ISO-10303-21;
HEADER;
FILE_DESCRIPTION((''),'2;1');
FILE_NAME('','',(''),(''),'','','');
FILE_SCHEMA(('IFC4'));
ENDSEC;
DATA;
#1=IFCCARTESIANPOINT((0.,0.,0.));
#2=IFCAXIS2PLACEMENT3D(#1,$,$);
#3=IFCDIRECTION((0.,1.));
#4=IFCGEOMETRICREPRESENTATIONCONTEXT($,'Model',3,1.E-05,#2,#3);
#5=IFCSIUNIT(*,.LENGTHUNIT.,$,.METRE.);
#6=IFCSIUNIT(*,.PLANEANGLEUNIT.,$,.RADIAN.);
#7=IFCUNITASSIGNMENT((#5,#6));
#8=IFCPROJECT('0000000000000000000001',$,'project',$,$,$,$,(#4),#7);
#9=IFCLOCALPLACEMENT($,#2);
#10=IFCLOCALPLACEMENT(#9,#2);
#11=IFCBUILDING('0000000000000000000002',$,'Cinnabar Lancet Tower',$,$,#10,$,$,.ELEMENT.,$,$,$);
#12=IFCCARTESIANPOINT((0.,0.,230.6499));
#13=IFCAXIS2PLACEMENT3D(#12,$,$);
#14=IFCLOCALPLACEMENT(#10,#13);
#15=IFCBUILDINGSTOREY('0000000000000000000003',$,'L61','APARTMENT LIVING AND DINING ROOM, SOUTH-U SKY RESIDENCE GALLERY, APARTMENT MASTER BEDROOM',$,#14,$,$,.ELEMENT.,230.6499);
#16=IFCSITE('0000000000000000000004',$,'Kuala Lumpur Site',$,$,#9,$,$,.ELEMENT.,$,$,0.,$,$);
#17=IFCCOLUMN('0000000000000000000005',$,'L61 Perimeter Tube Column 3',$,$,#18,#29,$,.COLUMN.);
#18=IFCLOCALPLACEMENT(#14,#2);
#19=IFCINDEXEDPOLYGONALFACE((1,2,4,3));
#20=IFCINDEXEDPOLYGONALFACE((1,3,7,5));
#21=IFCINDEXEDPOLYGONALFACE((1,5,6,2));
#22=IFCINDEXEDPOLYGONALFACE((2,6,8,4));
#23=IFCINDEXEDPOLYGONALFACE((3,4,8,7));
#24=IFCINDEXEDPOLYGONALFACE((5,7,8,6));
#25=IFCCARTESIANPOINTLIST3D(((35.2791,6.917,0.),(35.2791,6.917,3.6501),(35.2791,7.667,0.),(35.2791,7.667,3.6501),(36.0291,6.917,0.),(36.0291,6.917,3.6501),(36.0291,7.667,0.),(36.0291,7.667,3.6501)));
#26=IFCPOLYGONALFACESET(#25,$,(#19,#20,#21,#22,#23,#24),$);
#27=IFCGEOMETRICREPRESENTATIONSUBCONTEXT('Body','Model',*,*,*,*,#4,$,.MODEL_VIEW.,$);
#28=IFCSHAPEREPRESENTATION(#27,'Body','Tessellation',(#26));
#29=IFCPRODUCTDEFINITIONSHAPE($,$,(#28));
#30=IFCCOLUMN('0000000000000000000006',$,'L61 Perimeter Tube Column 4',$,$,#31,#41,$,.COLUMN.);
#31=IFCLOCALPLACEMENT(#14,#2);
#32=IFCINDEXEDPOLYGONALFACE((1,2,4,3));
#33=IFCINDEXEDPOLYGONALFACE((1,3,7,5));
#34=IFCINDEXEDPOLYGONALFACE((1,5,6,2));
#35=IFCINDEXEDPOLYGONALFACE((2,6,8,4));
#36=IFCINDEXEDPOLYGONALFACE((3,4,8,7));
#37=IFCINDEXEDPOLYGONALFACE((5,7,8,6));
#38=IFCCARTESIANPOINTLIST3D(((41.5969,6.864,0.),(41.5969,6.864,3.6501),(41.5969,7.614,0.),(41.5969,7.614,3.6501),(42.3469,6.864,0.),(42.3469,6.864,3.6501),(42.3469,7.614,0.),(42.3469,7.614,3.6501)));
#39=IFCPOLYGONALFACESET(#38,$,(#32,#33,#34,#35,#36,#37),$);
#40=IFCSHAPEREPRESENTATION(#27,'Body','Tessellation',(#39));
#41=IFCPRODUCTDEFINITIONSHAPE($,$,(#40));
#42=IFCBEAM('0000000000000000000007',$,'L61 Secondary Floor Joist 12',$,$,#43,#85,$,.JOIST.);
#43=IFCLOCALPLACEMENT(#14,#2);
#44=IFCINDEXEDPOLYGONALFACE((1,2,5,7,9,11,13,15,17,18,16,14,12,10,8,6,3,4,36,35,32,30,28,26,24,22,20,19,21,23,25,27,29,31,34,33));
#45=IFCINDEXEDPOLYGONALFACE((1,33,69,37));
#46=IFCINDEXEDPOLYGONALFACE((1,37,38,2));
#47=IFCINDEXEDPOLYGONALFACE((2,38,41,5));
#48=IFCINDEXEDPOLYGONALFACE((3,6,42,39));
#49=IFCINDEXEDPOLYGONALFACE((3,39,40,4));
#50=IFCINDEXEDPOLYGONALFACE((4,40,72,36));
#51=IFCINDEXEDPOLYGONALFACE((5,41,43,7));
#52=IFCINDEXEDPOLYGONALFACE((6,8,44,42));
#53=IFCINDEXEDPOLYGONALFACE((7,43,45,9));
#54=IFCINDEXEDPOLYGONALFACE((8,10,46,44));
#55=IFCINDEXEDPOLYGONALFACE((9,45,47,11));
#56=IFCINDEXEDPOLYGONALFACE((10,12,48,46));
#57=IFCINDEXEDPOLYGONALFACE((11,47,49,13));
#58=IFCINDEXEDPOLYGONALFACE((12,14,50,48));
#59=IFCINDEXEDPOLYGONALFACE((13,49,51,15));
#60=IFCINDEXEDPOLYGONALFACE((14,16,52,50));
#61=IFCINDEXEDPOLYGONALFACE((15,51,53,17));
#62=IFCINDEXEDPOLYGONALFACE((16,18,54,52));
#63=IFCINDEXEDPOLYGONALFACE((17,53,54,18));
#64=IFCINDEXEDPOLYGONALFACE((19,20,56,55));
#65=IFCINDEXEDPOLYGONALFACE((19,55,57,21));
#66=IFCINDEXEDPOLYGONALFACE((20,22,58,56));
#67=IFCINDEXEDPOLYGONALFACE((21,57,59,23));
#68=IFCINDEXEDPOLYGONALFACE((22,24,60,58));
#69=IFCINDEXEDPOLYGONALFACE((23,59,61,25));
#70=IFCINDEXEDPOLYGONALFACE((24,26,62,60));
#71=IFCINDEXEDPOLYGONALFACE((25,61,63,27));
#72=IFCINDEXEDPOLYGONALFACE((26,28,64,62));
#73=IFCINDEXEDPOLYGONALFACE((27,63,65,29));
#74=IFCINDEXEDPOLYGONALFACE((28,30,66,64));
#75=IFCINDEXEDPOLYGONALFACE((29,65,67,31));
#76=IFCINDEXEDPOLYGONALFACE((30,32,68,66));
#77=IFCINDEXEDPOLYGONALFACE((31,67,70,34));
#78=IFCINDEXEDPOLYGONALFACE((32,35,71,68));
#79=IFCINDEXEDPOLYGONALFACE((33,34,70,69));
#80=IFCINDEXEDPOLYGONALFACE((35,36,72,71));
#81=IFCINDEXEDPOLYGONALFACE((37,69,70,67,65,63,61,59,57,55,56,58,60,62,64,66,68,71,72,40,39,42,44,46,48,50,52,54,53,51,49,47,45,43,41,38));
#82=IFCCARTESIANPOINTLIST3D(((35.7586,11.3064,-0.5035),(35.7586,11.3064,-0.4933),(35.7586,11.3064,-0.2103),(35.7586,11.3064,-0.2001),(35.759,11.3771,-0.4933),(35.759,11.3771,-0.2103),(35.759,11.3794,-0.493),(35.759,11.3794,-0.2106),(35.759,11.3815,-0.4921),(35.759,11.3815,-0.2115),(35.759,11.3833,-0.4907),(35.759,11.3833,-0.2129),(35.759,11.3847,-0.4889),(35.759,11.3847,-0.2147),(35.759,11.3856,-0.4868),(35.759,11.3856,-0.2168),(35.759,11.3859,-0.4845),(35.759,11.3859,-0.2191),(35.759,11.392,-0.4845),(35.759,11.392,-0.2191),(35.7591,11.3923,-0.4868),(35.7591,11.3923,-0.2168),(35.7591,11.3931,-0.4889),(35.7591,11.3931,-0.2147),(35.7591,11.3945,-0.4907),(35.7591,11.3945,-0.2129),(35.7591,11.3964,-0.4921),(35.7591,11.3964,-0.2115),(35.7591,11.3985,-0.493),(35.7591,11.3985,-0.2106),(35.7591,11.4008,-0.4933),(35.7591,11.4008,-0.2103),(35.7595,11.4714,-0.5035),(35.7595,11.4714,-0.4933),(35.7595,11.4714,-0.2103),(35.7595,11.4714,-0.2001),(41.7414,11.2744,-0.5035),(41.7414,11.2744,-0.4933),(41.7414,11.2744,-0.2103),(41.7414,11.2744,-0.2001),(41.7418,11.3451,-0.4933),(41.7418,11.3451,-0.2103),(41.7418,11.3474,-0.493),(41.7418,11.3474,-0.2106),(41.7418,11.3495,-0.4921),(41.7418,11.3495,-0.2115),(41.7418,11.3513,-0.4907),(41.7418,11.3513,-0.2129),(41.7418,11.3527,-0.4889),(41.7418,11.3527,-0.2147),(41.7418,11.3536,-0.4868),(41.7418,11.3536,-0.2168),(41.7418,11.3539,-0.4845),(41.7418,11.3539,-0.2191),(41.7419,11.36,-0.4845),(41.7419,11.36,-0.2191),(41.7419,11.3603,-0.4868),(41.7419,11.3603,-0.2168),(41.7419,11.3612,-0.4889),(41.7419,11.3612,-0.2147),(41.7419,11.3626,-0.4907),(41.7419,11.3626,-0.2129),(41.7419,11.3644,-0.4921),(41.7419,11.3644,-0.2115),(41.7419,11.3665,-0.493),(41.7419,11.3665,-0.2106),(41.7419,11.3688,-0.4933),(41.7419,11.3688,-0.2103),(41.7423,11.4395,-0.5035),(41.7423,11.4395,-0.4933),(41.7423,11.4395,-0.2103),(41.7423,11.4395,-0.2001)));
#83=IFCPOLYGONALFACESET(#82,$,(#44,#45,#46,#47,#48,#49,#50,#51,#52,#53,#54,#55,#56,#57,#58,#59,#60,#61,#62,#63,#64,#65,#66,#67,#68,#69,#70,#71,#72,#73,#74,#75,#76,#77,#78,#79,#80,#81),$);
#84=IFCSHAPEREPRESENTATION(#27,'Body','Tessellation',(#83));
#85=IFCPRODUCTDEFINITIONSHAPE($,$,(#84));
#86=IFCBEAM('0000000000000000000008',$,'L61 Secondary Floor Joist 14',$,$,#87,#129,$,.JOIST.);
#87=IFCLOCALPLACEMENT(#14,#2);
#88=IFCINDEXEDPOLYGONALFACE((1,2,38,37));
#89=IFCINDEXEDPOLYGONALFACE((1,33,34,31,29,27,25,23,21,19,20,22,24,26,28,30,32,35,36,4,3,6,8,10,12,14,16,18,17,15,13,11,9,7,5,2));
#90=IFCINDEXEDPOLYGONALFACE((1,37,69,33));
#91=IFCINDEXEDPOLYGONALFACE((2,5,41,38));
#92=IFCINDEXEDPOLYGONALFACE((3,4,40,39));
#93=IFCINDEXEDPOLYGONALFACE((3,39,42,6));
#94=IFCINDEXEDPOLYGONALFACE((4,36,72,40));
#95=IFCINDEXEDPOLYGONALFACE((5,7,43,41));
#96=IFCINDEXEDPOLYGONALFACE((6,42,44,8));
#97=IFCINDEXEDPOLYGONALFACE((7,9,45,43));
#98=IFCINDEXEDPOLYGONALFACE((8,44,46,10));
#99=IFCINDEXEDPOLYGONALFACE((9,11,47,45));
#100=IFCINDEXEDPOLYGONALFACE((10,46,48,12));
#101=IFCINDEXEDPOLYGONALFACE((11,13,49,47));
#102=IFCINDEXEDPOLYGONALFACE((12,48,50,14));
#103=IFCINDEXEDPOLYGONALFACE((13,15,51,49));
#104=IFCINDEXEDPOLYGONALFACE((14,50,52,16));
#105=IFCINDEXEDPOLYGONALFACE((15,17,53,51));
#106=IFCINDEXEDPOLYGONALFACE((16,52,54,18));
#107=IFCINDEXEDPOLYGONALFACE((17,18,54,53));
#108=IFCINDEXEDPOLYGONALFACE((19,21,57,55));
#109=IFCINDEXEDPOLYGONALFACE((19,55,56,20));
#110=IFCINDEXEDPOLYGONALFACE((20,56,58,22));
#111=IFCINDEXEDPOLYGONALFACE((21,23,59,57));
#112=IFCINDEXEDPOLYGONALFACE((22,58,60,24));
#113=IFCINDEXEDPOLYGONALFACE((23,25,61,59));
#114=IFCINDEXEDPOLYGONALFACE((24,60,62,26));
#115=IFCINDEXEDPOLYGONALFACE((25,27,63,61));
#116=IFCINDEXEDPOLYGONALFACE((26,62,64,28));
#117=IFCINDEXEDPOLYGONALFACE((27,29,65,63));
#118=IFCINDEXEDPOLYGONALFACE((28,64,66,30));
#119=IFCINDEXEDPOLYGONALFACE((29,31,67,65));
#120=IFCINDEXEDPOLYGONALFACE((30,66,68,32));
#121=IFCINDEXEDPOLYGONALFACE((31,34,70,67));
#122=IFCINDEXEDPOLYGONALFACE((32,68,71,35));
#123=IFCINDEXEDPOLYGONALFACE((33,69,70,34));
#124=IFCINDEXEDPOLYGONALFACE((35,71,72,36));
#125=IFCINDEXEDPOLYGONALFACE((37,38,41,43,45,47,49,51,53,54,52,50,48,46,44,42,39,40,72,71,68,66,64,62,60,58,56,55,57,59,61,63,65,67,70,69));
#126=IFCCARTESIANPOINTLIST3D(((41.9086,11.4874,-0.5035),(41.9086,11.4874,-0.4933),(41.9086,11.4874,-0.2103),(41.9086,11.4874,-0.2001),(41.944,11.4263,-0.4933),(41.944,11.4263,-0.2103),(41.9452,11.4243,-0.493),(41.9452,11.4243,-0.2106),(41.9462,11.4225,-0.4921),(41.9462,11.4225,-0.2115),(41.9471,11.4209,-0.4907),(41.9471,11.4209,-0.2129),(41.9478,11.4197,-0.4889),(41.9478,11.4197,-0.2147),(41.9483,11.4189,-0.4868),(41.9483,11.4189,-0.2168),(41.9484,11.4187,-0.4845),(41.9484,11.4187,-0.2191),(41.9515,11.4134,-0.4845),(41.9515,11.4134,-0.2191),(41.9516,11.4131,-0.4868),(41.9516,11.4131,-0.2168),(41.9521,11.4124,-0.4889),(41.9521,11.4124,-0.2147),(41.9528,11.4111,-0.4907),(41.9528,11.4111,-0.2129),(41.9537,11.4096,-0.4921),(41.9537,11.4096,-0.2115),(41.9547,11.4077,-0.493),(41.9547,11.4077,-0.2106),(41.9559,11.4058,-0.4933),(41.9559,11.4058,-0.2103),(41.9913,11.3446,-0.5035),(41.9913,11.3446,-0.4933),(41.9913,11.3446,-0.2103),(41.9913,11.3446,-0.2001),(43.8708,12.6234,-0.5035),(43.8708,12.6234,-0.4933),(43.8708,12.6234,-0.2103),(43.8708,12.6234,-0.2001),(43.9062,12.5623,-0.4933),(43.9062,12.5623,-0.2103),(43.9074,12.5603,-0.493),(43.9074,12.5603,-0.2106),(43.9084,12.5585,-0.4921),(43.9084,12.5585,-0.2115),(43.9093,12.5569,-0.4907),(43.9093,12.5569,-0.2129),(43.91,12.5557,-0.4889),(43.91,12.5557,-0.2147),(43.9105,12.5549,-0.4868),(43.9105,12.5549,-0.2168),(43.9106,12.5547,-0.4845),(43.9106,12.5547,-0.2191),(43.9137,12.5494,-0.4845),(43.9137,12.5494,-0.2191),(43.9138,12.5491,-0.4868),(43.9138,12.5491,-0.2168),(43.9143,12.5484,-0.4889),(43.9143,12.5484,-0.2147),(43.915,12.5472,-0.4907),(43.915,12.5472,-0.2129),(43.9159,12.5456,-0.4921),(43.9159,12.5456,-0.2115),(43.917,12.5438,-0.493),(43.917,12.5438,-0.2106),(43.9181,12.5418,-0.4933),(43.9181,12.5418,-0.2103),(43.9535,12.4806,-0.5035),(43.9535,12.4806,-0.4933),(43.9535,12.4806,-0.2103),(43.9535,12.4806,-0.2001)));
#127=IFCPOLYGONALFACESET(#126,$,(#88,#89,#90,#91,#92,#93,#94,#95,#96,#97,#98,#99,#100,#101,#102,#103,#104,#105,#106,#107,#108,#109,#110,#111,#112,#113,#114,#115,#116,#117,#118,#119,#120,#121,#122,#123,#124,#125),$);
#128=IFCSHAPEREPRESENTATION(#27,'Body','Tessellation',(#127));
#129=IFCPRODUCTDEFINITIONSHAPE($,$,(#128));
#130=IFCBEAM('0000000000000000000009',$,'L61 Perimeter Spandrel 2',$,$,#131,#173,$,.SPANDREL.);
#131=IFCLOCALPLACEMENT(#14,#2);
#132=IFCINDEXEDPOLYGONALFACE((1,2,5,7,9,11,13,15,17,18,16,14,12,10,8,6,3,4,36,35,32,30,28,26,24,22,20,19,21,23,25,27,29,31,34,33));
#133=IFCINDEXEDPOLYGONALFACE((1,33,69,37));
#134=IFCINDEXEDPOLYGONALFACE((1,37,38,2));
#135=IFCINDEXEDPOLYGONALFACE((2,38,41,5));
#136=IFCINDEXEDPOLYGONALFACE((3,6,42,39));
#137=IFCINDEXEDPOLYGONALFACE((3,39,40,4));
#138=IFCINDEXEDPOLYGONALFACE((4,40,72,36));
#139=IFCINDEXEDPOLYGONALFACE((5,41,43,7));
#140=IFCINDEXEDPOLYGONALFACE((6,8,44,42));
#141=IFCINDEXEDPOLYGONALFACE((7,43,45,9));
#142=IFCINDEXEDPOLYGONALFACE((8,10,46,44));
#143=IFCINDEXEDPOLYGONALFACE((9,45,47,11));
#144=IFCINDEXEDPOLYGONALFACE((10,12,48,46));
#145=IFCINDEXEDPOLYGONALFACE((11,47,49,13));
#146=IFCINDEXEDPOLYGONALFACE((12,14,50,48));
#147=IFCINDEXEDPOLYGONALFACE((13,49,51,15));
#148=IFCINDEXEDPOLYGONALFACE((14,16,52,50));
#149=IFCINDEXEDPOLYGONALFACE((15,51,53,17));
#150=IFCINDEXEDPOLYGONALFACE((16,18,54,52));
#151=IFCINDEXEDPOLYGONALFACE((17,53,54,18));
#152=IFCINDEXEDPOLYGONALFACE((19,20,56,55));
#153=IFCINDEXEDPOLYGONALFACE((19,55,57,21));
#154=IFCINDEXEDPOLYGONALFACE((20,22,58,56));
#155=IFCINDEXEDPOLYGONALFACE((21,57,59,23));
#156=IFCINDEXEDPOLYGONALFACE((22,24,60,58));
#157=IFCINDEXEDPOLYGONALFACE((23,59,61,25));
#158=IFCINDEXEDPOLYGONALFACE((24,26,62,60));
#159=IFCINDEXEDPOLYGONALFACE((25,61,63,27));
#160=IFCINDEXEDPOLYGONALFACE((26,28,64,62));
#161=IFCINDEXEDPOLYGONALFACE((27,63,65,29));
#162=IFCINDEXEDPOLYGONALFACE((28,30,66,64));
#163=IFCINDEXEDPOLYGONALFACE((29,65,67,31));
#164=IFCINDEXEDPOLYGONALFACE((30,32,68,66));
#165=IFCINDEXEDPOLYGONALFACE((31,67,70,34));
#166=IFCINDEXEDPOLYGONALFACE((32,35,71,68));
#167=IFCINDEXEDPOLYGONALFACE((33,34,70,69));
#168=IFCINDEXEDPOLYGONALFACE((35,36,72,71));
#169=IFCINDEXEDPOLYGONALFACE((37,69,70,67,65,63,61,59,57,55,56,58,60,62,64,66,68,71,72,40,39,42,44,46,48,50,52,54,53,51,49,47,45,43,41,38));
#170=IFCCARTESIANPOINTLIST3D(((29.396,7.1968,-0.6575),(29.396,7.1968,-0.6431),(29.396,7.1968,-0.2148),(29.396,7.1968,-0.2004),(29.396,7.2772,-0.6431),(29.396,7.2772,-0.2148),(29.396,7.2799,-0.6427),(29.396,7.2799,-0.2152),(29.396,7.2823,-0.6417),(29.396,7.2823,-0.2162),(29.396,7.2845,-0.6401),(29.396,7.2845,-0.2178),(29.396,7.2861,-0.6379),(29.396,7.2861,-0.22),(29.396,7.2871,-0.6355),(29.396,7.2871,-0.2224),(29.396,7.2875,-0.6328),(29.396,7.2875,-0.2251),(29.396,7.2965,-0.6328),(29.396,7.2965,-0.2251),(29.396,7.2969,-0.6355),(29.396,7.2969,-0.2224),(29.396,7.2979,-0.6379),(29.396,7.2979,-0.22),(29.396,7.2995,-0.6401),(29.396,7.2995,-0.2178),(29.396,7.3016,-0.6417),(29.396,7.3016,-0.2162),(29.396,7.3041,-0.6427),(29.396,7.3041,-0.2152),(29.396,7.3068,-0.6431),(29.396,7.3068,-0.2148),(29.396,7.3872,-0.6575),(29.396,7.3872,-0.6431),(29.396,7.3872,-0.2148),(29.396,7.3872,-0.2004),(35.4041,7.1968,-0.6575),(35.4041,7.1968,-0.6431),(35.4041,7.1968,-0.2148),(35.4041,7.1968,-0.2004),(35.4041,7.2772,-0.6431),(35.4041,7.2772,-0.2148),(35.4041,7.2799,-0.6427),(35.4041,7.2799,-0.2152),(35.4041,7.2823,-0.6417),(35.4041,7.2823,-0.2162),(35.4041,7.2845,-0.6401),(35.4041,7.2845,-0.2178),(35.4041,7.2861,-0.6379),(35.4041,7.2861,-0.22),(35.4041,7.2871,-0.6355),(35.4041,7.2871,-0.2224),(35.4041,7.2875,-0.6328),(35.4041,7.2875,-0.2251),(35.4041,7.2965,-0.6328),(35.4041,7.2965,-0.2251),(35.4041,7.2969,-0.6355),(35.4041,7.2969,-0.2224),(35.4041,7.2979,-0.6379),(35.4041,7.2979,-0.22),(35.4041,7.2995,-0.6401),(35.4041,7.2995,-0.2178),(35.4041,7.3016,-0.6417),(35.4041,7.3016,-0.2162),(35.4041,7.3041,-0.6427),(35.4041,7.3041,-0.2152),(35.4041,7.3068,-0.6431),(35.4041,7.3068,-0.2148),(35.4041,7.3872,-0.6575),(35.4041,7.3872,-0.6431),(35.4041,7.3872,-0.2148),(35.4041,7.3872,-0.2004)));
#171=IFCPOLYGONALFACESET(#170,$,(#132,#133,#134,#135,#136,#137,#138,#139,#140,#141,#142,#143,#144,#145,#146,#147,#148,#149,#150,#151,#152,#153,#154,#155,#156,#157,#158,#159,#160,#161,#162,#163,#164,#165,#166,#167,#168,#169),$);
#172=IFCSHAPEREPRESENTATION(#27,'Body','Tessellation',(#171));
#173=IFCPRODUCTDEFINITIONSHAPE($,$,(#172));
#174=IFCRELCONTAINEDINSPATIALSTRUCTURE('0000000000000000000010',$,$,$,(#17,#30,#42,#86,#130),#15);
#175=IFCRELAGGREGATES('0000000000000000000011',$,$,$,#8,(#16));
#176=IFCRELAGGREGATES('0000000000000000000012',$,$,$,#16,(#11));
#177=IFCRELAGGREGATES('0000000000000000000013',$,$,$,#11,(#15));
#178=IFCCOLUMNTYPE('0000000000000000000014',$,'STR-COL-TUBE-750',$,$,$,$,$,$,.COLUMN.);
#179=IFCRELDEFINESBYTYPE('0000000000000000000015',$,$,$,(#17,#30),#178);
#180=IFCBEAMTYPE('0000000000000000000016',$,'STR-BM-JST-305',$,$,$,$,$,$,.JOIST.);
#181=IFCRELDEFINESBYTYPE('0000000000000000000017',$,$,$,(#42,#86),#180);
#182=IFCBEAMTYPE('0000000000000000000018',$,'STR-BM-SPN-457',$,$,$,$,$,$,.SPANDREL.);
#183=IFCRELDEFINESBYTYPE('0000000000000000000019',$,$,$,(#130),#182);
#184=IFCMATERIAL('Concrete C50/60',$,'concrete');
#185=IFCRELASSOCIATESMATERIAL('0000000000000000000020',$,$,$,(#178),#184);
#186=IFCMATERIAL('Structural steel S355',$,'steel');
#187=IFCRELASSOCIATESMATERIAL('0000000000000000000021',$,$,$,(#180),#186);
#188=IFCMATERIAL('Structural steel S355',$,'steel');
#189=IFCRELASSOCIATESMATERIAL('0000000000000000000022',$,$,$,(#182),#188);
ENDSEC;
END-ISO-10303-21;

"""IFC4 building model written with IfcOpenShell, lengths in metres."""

from ifc_helpers import new_model, si_unit, direction, frame, origin, origin_2d, place, context, subcontext, project, spatial, rectangle, i_section, extrude, material, material_profile, profile_set, type_object, element, save


model = new_model("IFC4")

# Units and contexts
model_context = context("Model", 3, precision=1e-05, world=origin(), true_north=direction((0.0, 1.0)))
body_context = subcontext(model_context, "Body", "Model", "MODEL_VIEW")
ifc_project = project(units=[si_unit("LENGTHUNIT", "METRE"), si_unit("PLANEANGLEUNIT", "RADIAN")], contexts=[model_context])

# Site, building, storey
site_placement = place(None, origin())
site = spatial("IfcSite", under=ifc_project, at=site_placement, Name="Kuala Lumpur Site", CompositionType="ELEMENT", RefElevation=0.0)
building_placement = place(site_placement, origin())
building = spatial("IfcBuilding", under=site, at=building_placement, Name="Cinnabar Lancet Tower", CompositionType="ELEMENT")
storey_placement = place(building_placement, frame((0.0, 0.0, 230.6499)))
storey = spatial("IfcBuildingStorey", under=building, at=storey_placement, Name="L61", Description="APARTMENT LIVING AND DINING ROOM, SOUTH-U SKY RESIDENCE GALLERY, APARTMENT MASTER BEDROOM", CompositionType="ELEMENT", Elevation=230.6499)

# Columns
ifc_material_1 = material(Name="Concrete C50/60", Category="concrete")
ifc_material_profile_1 = material_profile(ifc_material_1, rectangle(XDim=0.75, YDim=0.75, at=origin_2d()), Name="RC-COL 750x750")
ifc_profile_set_1 = profile_set([ifc_material_profile_1], Name="Concrete C50/60")
column_type = type_object("IfcColumnType", Name="STR-COL-TUBE-750", PredefinedType="COLUMN", material=ifc_profile_set_1)
for number, where, z_axis, x_axis, name in (
    (1, (35.6541, 7.292, 0.0), (0.0, 0.0, 1.0), (1.0, 0.0, 0.0), "L61 Perimeter Tube Column 3"),
    (2, (41.9719, 7.239, 0.0), (0.0, 0.0, 1.0), (1.0, 0.0, 0.0), "L61 Perimeter Tube Column 4"),
):
    element("IfcColumn", number, at=place(storey_placement, frame(where, z_axis=z_axis, x_axis=x_axis)), inside=storey, type_object=column_type, Name=name, PredefinedType="COLUMN", context=body_context, shape_type="SweptSolid", body=[
        extrude(rectangle(XDim=0.75, YDim=0.75, at=origin_2d()), origin(), (0.0, 0.0, 1.0), 3.6501),
    ])

# Beams
ifc_material_2 = material(Name="Structural steel S355", Category="steel")
ifc_material_profile_2 = material_profile(ifc_material_2, i_section(OverallWidth=0.165, OverallDepth=0.3035, WebThickness=0.0061, FlangeThickness=0.0103, FilletRadius=0.0088, at=origin_2d()), Name="UKB 305x165x40")
ifc_profile_set_2 = profile_set([ifc_material_profile_2], Name="Structural steel S355")
beam_type_1 = type_object("IfcBeamType", Name="STR-BM-JST-305", PredefinedType="JOIST", material=ifc_profile_set_2)
beam_1_placement = place(storey_placement, frame((35.759, 11.3889, -0.3518), z_axis=(0.999986, -0.005346, 0.0), x_axis=(0.005346, 0.999986, 0.0)))
element("IfcBeam", 3, at=beam_1_placement, inside=storey, type_object=beam_type_1, Name="L61 Secondary Floor Joist 12", PredefinedType="JOIST", context=body_context, shape_type="SweptSolid", body=[
    extrude(i_section(OverallWidth=0.165, OverallDepth=0.3035, WebThickness=0.0061, FlangeThickness=0.0103, FilletRadius=0.0088, at=origin_2d()), origin(), (0.0, 0.0, 1.0), 5.9829),
])
beam_2_placement = place(storey_placement, frame((41.95, 11.416, -0.3518), z_axis=(0.865426, 0.501036, 0.0), x_axis=(-0.501036, 0.865426, 0.0)))
element("IfcBeam", 4, at=beam_2_placement, inside=storey, type_object=beam_type_1, Name="L61 Secondary Floor Joist 14", PredefinedType="JOIST", context=body_context, shape_type="SweptSolid", body=[
    extrude(i_section(OverallWidth=0.165, OverallDepth=0.3035, WebThickness=0.0061, FlangeThickness=0.0103, FilletRadius=0.0088, at=origin_2d()), origin(), (0.0, 0.0, 1.0), 2.2673),
])
ifc_material_3 = material(Name="Structural steel S355", Category="steel")
ifc_material_profile_3 = material_profile(ifc_material_3, i_section(OverallWidth=0.1904, OverallDepth=0.457, WebThickness=0.009, FlangeThickness=0.0144, FilletRadius=0.0103, at=origin_2d()), Name="UKB 457x191x74")
ifc_profile_set_3 = profile_set([ifc_material_profile_3], Name="Structural steel S355")
beam_type_2 = type_object("IfcBeamType", Name="STR-BM-SPN-457", PredefinedType="SPANDREL", material=ifc_profile_set_3)
beam_3_placement = place(storey_placement, frame((29.396, 7.292, -0.429), z_axis=(1.0, 0.0, 0.0), x_axis=(0.0, 1.0, 0.0)))
element("IfcBeam", 5, at=beam_3_placement, inside=storey, type_object=beam_type_2, Name="L61 Perimeter Spandrel 2", PredefinedType="SPANDREL", context=body_context, shape_type="SweptSolid", body=[
    extrude(i_section(OverallWidth=0.1904, OverallDepth=0.457, WebThickness=0.009, FlangeThickness=0.0144, FilletRadius=0.0103, at=origin_2d()), origin(), (0.0, 0.0, 1.0), 6.0081),
])

save(model, "model.ifc")
